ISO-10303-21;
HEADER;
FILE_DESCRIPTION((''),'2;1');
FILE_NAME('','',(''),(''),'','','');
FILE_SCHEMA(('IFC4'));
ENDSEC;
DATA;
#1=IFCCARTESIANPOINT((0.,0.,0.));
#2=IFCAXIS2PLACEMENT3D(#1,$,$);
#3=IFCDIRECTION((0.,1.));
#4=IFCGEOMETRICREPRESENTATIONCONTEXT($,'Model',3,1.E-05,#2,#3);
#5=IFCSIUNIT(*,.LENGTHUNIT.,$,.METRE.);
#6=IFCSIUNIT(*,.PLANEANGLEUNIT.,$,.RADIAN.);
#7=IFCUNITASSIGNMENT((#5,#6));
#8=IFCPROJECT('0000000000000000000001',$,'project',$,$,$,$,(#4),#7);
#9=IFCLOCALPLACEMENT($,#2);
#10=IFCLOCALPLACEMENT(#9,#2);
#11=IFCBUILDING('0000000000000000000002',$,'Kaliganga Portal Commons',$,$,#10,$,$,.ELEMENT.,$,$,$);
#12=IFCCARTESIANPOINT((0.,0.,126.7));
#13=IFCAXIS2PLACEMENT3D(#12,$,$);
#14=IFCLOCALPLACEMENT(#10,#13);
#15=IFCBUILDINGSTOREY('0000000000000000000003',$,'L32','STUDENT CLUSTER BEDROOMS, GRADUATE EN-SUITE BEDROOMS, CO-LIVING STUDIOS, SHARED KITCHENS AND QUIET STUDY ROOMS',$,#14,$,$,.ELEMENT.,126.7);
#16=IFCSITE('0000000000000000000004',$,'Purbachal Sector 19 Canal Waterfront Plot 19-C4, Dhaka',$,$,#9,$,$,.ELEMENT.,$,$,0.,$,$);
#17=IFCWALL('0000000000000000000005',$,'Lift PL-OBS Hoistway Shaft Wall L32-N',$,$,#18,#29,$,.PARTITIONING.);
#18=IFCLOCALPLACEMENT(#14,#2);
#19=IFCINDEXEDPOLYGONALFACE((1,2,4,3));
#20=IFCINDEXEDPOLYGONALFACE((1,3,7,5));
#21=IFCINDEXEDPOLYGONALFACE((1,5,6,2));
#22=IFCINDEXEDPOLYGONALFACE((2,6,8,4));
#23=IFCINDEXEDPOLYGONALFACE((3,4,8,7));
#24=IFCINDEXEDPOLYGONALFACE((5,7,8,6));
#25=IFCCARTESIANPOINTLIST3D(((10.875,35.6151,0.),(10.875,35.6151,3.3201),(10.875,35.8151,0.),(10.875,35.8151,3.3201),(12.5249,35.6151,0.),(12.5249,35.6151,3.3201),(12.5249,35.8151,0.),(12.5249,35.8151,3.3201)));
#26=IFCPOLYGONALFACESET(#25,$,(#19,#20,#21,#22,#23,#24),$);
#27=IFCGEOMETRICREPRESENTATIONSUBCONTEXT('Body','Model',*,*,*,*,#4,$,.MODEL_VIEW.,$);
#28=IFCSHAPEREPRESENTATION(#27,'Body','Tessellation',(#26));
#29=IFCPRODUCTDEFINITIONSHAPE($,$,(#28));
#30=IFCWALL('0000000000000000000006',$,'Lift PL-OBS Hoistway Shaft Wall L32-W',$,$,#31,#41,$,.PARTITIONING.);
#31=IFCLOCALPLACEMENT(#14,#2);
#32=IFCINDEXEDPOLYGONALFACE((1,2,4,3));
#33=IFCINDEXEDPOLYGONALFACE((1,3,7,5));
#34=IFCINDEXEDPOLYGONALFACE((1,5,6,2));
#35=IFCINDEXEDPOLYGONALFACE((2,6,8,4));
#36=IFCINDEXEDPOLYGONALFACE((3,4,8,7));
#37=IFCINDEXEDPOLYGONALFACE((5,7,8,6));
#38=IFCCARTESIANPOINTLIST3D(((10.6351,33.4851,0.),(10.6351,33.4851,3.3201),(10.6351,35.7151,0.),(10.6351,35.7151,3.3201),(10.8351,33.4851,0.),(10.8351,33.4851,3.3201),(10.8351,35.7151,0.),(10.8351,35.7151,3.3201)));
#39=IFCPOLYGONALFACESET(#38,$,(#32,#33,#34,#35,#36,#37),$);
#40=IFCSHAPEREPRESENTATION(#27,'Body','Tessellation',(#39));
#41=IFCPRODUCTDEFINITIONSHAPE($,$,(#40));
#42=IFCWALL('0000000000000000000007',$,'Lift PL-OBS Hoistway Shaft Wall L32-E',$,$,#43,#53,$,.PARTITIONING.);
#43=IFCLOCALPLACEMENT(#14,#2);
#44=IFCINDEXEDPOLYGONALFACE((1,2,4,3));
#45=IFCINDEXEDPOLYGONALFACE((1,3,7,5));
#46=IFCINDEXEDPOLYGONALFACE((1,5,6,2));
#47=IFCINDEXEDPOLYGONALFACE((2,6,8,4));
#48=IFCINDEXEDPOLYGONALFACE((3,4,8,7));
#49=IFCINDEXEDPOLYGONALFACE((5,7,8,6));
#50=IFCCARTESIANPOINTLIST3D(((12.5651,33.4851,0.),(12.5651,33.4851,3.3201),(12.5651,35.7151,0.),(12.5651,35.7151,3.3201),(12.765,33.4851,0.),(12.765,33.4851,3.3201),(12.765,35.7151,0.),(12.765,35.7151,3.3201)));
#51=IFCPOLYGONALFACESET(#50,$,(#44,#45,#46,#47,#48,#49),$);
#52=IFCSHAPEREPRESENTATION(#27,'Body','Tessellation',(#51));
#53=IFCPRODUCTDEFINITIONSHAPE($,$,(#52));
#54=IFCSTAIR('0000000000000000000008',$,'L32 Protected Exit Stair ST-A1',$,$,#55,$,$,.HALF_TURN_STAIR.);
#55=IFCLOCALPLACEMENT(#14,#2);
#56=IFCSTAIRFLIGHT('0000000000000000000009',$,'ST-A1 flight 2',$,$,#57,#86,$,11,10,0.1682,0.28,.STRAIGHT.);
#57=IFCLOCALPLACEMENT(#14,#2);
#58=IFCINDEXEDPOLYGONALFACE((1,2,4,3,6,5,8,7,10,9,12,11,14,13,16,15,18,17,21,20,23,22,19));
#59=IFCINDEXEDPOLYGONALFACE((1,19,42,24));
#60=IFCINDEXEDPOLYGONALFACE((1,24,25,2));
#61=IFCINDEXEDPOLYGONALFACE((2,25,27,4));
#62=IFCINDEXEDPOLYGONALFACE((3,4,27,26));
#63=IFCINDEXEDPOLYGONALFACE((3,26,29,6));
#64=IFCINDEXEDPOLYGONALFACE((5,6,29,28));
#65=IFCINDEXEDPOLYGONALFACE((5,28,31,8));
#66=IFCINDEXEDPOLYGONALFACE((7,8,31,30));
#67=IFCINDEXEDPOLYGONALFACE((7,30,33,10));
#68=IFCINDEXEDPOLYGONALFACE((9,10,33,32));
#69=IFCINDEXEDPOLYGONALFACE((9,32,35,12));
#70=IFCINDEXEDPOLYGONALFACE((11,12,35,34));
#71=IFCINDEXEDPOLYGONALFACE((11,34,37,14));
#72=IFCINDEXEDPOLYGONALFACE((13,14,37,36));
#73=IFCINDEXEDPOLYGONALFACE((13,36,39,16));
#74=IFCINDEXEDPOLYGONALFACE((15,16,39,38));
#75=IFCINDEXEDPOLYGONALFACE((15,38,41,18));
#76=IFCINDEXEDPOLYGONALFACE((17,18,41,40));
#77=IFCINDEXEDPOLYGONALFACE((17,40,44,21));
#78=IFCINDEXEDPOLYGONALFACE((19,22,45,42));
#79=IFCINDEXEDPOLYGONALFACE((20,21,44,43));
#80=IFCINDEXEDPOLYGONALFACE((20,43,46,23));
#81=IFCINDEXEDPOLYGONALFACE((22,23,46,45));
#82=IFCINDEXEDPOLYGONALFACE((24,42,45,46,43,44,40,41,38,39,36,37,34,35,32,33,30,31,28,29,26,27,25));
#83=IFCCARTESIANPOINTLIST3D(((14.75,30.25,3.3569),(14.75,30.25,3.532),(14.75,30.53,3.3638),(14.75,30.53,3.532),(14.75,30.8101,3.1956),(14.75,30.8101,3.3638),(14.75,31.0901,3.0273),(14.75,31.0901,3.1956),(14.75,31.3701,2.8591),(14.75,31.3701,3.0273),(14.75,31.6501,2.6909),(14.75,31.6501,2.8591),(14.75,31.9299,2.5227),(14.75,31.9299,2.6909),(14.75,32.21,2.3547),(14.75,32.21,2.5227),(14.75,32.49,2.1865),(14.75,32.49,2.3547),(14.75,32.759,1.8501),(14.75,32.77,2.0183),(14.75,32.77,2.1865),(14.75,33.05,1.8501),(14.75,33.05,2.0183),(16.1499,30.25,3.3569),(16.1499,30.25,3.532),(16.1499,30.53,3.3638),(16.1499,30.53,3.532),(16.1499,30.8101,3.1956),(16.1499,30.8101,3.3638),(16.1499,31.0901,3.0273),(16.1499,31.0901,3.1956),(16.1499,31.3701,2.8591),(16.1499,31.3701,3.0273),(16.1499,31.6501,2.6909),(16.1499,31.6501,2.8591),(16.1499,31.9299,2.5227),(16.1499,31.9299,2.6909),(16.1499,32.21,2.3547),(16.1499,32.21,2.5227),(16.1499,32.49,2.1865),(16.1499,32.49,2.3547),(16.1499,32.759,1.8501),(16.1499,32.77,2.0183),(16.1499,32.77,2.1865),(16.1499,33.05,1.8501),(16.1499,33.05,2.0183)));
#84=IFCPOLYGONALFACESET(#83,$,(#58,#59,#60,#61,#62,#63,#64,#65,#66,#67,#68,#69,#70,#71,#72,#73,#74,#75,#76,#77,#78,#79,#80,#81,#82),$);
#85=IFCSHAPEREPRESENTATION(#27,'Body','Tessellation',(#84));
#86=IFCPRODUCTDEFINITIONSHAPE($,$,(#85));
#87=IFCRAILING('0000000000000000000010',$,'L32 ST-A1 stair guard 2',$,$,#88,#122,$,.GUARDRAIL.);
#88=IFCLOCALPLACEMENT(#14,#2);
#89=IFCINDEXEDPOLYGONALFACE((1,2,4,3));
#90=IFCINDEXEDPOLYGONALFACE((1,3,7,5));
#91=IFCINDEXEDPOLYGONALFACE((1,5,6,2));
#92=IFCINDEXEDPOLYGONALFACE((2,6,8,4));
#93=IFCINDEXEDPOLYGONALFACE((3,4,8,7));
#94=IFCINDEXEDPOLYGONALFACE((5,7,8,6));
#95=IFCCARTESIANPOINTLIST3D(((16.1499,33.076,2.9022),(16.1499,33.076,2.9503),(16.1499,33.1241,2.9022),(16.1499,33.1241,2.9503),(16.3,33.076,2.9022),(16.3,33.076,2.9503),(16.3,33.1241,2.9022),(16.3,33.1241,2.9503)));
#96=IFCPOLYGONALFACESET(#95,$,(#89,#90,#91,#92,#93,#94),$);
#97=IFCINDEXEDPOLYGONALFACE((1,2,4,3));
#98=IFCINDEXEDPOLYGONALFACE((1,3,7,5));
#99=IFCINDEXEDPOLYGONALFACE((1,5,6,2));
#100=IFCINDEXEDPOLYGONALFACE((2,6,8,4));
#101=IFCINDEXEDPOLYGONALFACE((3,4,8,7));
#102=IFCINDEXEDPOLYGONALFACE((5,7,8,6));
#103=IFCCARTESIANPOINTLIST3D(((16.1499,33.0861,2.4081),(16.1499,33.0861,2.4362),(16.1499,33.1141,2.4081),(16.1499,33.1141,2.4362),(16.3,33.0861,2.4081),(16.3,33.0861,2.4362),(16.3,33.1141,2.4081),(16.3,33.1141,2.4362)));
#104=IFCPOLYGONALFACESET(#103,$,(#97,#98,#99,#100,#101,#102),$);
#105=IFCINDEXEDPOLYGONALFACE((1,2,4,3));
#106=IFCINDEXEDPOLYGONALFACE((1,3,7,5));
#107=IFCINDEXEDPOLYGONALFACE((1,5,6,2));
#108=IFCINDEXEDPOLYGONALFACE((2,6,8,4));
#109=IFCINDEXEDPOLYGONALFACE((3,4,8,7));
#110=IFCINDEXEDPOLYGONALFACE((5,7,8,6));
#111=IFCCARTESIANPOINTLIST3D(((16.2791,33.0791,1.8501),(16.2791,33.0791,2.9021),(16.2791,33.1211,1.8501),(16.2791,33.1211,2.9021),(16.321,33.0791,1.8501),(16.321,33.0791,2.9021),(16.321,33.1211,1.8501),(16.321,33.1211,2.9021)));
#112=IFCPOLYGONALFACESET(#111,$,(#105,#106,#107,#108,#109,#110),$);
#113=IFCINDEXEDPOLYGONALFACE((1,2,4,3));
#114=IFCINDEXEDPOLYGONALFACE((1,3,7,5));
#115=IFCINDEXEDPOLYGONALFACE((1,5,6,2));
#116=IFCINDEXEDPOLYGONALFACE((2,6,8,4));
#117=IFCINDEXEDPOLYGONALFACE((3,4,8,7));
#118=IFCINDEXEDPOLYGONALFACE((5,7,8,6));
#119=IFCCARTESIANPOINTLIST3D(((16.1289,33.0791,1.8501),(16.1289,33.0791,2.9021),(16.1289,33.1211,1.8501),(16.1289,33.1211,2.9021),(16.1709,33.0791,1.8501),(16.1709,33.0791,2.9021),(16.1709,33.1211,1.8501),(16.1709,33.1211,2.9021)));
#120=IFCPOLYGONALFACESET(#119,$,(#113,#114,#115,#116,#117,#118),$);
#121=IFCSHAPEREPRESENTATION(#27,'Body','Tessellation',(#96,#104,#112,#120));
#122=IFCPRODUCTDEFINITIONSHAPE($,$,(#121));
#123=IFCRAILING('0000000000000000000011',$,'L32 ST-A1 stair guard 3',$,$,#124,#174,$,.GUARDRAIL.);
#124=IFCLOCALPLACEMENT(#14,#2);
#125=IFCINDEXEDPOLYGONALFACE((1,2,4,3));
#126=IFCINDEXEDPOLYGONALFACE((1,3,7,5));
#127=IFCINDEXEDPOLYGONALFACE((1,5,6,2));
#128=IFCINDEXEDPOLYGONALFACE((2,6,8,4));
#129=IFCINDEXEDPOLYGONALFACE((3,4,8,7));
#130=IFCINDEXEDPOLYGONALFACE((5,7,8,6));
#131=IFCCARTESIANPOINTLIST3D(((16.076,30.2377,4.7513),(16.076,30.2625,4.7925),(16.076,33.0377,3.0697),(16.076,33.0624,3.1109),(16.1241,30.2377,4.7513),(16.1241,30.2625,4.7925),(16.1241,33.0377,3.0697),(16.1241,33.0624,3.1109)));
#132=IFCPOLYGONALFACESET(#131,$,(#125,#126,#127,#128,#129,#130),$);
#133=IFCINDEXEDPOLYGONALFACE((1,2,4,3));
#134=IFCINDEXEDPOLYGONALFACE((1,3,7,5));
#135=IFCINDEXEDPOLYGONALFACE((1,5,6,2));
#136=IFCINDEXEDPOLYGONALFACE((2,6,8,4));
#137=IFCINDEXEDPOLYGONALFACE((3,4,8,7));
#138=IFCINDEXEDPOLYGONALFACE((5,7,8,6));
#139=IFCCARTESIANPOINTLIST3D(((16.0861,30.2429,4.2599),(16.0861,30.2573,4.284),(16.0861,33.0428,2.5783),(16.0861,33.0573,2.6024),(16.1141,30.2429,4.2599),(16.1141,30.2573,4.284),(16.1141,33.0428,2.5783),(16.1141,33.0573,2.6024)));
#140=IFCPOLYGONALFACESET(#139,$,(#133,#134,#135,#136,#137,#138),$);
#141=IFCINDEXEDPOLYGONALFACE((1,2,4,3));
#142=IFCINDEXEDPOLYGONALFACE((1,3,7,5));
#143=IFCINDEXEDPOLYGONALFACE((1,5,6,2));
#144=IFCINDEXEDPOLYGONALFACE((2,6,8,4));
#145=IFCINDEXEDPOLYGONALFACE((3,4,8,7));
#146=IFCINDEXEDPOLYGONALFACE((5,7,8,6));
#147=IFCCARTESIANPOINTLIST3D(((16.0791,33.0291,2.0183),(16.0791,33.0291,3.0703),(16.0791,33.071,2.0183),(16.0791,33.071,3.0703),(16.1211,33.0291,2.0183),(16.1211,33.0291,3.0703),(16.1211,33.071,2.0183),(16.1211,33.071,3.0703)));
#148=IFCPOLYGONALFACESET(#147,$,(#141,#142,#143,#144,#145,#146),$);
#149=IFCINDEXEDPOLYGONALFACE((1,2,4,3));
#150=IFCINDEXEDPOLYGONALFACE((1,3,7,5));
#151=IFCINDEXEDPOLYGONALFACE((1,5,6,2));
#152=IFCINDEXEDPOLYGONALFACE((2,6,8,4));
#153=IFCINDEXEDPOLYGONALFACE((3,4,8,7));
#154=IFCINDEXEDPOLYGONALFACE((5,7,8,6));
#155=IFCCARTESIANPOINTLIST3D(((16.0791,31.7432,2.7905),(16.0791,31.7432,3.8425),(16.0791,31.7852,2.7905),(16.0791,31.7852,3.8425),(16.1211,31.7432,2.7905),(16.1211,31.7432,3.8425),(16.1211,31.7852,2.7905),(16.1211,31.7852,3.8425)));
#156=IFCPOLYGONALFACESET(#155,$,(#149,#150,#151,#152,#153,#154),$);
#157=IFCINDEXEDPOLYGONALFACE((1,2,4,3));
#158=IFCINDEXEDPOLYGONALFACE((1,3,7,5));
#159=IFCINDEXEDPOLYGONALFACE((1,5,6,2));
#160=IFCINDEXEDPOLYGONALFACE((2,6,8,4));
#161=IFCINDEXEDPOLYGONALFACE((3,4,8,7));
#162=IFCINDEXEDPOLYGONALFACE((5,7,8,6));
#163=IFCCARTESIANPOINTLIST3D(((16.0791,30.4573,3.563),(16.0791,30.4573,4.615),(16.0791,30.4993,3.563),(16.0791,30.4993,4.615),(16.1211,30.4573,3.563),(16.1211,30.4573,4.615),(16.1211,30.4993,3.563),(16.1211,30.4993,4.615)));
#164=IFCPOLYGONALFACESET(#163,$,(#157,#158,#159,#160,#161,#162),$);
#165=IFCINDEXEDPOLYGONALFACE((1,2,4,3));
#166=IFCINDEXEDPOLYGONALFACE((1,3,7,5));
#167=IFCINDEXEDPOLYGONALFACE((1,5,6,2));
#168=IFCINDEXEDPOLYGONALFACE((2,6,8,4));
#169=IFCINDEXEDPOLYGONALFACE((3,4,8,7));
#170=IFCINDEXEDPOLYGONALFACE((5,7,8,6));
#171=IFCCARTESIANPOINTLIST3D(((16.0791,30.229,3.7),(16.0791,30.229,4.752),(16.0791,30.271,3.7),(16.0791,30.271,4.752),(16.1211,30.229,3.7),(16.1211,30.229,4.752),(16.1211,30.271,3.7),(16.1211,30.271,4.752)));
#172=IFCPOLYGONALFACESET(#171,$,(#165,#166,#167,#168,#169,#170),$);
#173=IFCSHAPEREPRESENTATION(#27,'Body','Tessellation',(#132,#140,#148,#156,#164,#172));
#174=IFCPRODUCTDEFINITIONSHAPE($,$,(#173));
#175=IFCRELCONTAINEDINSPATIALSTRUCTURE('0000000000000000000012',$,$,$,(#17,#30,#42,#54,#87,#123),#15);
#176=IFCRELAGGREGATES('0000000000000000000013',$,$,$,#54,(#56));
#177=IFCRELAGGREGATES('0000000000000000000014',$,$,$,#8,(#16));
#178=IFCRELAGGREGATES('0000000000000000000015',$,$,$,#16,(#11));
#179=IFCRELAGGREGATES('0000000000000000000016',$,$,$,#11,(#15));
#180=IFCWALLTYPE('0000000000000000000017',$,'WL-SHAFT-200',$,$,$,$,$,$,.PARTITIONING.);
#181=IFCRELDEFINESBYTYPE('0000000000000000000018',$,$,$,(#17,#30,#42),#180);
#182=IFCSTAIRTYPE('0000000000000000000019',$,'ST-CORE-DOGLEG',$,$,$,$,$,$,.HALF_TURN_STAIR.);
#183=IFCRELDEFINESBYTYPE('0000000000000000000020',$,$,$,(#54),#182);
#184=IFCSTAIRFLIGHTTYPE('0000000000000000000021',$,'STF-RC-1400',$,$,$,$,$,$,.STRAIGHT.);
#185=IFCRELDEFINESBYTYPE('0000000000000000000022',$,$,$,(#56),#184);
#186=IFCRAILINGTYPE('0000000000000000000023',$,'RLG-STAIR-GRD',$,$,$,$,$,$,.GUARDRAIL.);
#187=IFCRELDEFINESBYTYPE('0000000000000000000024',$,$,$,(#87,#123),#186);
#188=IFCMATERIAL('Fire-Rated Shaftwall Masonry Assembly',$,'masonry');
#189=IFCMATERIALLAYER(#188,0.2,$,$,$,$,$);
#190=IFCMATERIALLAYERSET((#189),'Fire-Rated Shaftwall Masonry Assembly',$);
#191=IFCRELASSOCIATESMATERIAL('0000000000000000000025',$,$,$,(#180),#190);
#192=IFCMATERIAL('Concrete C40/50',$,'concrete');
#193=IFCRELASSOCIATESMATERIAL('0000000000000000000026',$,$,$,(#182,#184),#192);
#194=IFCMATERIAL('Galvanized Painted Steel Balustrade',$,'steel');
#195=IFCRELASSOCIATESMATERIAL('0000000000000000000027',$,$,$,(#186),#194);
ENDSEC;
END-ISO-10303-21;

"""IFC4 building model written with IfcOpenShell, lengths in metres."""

from ifc_helpers import new_model, si_unit, direction, frame, frame_2d, origin, origin_2d, place, context, subcontext, project, spatial, polyline, rectangle, outline, extrude, material, layer, layer_set, type_object, element, aggregate, save


model = new_model("IFC4")

# Units and contexts
model_context = context("Model", 3, precision=1e-05, world=origin(), true_north=direction((0.0, 1.0)))
body_context = subcontext(model_context, "Body", "Model", "MODEL_VIEW")
ifc_project = project(units=[si_unit("LENGTHUNIT", "METRE"), si_unit("PLANEANGLEUNIT", "RADIAN")], contexts=[model_context])

# Site, building, storey
site_placement = place(None, origin())
site = spatial("IfcSite", under=ifc_project, at=site_placement, Name="Purbachal Sector 19 Canal Waterfront Plot 19-C4, Dhaka", CompositionType="ELEMENT", RefElevation=0.0)
building_placement = place(site_placement, origin())
building = spatial("IfcBuilding", under=site, at=building_placement, Name="Kaliganga Portal Commons", CompositionType="ELEMENT")
storey_placement = place(building_placement, frame((0.0, 0.0, 126.7)))
storey = spatial("IfcBuildingStorey", under=building, at=storey_placement, Name="L32", Description="STUDENT CLUSTER BEDROOMS, GRADUATE EN-SUITE BEDROOMS, CO-LIVING STUDIOS, SHARED KITCHENS AND QUIET STUDY ROOMS", CompositionType="ELEMENT", Elevation=126.7)

# Shared definitions
ifc_material_1 = material(Name="Fire-Rated Shaftwall Masonry Assembly", Category="masonry")
ifc_layer_1 = layer(ifc_material_1, 0.2)
ifc_layer_set_1 = layer_set([ifc_layer_1], Name="Fire-Rated Shaftwall Masonry Assembly")
wall_type_1 = type_object("IfcWallType", Name="WL-SHAFT-200", PredefinedType="PARTITIONING", material=ifc_layer_set_1)

# Walls
wall_1_placement = place(storey_placement, frame((10.875, 35.7151, 0.0), z_axis=(0.0, 0.0, 1.0), x_axis=(1.0, 0.0, 0.0)))
element("IfcWall", 1, at=wall_1_placement, inside=storey, type_object=wall_type_1, Name="Lift PL-OBS Hoistway Shaft Wall L32-N", PredefinedType="PARTITIONING", context=body_context, shape_type="SweptSolid", body=[
    extrude(rectangle(XDim=1.6499, YDim=0.2, at=frame_2d((0.825, 0.0))), origin(), (0.0, 0.0, 1.0), 3.3201),
])
for number, where, z_axis, x_axis, name in (
    (2, (10.7351, 33.4851, 0.0), (0.0, 0.0, 1.0), (0.0, 1.0, 0.0), "Lift PL-OBS Hoistway Shaft Wall L32-W"),
    (3, (12.665, 33.4851, 0.0), (0.0, 0.0, 1.0), (0.0, 1.0, 0.0), "Lift PL-OBS Hoistway Shaft Wall L32-E"),
):
    element("IfcWall", number, at=place(storey_placement, frame(where, z_axis=z_axis, x_axis=x_axis)), inside=storey, type_object=wall_type_1, Name=name, PredefinedType="PARTITIONING", context=body_context, shape_type="SweptSolid", body=[
        extrude(rectangle(XDim=2.23, YDim=0.2, at=frame_2d((1.115, 0.0))), origin(), (0.0, 0.0, 1.0), 3.3201),
    ])

# Stair, stair flight
ifc_material_2 = material(Name="Concrete C40/50", Category="concrete")
stair_type = type_object("IfcStairType", Name="ST-CORE-DOGLEG", PredefinedType="HALF_TURN_STAIR", material=ifc_material_2)
stair_placement = place(storey_placement, origin())
stair = element("IfcStair", 4, at=stair_placement, inside=storey, type_object=stair_type, Name="L32 Protected Exit Stair ST-A1", PredefinedType="HALF_TURN_STAIR")
stair_flight_type = type_object("IfcStairFlightType", Name="STF-RC-1400", PredefinedType="STRAIGHT", material=ifc_material_2)
stair_flight_placement = place(storey_placement, frame((15.45, 33.05, 1.8501), z_axis=(0.0, 0.0, 1.0), x_axis=(0.0, -1.0, 0.0)))
stair_flight = element("IfcStairFlight", 5, at=stair_flight_placement, type_object=stair_flight_type, Name="ST-A1 flight 2", NumberOfRisers=11, NumberOfTreads=10, PredefinedType="STRAIGHT", RiserHeight=0.1682, TreadLength=0.28, context=body_context, shape_type="SweptSolid", body=[
    extrude(outline(polyline([(0.0, 0.0), (0.0, 0.1682), (0.28, 0.1682), (0.28, 0.3364), (0.5601, 0.3364), (0.5601, 0.5046), (0.8401, 0.5046), (0.8401, 0.6726), (1.1201, 0.6726), (1.1201, 0.8408), (1.3999, 0.8408), (1.3999, 1.009), (1.6799, 1.009), (1.6799, 1.1772), (1.96, 1.1772), (1.96, 1.3455), (2.24, 1.3455), (2.24, 1.5137), (2.52, 1.5137), (2.52, 1.6819), (2.8, 1.6819), (2.8, 1.8501), (2.8, 1.5068), (0.291, 0.0), (0.0, 0.0)])), frame((0.0, 0.7, 0.0), z_axis=(0.0, -1.0, 0.0), x_axis=(1.0, 0.0, 0.0)), (0.0, 0.0, 1.0), 1.3999),
])
aggregate(stair, [stair_flight])

# Railings
ifc_material_3 = material(Name="Galvanized Painted Steel Balustrade", Category="steel")
railing_type_1 = type_object("IfcRailingType", Name="RLG-STAIR-GRD", PredefinedType="GUARDRAIL", material=ifc_material_3)
railing_1_placement = place(storey_placement, frame((16.3, 33.1001, 1.8501)))
element("IfcRailing", 6, at=railing_1_placement, inside=storey, type_object=railing_type_1, Name="L32 ST-A1 stair guard 2", PredefinedType="GUARDRAIL", context=body_context, shape_type="SweptSolid", body=[
    extrude(rectangle(XDim=0.0481, YDim=0.0481, at=origin_2d()), frame((0.0, 0.0, 1.0762), z_axis=(-1.0, 0.0, 0.0), x_axis=(0.0, -1.0, 0.0)), (0.0, 0.0, 1.0), 0.1501),
    extrude(rectangle(XDim=0.0281, YDim=0.0281, at=origin_2d()), frame((0.0, 0.0, 0.572), z_axis=(-1.0, 0.0, 0.0), x_axis=(0.0, -1.0, 0.0)), (0.0, 0.0, 1.0), 0.1501),
    extrude(rectangle(XDim=0.042, YDim=0.042, at=origin_2d()), origin(), (0.0, 0.0, 1.0), 1.052),
    extrude(rectangle(XDim=0.042, YDim=0.042, at=origin_2d()), frame((-0.1501, 0.0, 0.0)), (0.0, 0.0, 1.0), 1.052),
])
railing_2_placement = place(storey_placement, frame((16.1001, 33.05, 2.0183)))
element("IfcRailing", 7, at=railing_2_placement, inside=storey, type_object=railing_type_1, Name="L32 ST-A1 stair guard 3", PredefinedType="GUARDRAIL", context=body_context, shape_type="SweptSolid", body=[
    extrude(rectangle(XDim=0.0481, YDim=0.0481, at=origin_2d()), frame((0.0, 0.0, 1.072), z_axis=(0.0, -0.857275, 0.514858), x_axis=(1.0, 0.0, 0.0)), (0.0, 0.0, 1.0), 3.2661),
    extrude(rectangle(XDim=0.0281, YDim=0.0281, at=origin_2d()), frame((0.0, 0.0, 0.572), z_axis=(0.0, -0.857275, 0.514858), x_axis=(1.0, 0.0, 0.0)), (0.0, 0.0, 1.0), 3.2661),
    extrude(rectangle(XDim=0.042, YDim=0.042, at=origin_2d()), origin(), (0.0, 0.0, 1.0), 1.052),
    extrude(rectangle(XDim=0.042, YDim=0.042, at=origin_2d()), frame((0.0, -1.2859, 0.7722)), (0.0, 0.0, 1.0), 1.052),
    extrude(rectangle(XDim=0.042, YDim=0.042, at=origin_2d()), frame((0.0, -2.5718, 1.5447)), (0.0, 0.0, 1.0), 1.052),
    extrude(rectangle(XDim=0.042, YDim=0.042, at=origin_2d()), frame((0.0, -2.8, 1.6816)), (0.0, 0.0, 1.0), 1.052),
])

save(model, "model.ifc")
